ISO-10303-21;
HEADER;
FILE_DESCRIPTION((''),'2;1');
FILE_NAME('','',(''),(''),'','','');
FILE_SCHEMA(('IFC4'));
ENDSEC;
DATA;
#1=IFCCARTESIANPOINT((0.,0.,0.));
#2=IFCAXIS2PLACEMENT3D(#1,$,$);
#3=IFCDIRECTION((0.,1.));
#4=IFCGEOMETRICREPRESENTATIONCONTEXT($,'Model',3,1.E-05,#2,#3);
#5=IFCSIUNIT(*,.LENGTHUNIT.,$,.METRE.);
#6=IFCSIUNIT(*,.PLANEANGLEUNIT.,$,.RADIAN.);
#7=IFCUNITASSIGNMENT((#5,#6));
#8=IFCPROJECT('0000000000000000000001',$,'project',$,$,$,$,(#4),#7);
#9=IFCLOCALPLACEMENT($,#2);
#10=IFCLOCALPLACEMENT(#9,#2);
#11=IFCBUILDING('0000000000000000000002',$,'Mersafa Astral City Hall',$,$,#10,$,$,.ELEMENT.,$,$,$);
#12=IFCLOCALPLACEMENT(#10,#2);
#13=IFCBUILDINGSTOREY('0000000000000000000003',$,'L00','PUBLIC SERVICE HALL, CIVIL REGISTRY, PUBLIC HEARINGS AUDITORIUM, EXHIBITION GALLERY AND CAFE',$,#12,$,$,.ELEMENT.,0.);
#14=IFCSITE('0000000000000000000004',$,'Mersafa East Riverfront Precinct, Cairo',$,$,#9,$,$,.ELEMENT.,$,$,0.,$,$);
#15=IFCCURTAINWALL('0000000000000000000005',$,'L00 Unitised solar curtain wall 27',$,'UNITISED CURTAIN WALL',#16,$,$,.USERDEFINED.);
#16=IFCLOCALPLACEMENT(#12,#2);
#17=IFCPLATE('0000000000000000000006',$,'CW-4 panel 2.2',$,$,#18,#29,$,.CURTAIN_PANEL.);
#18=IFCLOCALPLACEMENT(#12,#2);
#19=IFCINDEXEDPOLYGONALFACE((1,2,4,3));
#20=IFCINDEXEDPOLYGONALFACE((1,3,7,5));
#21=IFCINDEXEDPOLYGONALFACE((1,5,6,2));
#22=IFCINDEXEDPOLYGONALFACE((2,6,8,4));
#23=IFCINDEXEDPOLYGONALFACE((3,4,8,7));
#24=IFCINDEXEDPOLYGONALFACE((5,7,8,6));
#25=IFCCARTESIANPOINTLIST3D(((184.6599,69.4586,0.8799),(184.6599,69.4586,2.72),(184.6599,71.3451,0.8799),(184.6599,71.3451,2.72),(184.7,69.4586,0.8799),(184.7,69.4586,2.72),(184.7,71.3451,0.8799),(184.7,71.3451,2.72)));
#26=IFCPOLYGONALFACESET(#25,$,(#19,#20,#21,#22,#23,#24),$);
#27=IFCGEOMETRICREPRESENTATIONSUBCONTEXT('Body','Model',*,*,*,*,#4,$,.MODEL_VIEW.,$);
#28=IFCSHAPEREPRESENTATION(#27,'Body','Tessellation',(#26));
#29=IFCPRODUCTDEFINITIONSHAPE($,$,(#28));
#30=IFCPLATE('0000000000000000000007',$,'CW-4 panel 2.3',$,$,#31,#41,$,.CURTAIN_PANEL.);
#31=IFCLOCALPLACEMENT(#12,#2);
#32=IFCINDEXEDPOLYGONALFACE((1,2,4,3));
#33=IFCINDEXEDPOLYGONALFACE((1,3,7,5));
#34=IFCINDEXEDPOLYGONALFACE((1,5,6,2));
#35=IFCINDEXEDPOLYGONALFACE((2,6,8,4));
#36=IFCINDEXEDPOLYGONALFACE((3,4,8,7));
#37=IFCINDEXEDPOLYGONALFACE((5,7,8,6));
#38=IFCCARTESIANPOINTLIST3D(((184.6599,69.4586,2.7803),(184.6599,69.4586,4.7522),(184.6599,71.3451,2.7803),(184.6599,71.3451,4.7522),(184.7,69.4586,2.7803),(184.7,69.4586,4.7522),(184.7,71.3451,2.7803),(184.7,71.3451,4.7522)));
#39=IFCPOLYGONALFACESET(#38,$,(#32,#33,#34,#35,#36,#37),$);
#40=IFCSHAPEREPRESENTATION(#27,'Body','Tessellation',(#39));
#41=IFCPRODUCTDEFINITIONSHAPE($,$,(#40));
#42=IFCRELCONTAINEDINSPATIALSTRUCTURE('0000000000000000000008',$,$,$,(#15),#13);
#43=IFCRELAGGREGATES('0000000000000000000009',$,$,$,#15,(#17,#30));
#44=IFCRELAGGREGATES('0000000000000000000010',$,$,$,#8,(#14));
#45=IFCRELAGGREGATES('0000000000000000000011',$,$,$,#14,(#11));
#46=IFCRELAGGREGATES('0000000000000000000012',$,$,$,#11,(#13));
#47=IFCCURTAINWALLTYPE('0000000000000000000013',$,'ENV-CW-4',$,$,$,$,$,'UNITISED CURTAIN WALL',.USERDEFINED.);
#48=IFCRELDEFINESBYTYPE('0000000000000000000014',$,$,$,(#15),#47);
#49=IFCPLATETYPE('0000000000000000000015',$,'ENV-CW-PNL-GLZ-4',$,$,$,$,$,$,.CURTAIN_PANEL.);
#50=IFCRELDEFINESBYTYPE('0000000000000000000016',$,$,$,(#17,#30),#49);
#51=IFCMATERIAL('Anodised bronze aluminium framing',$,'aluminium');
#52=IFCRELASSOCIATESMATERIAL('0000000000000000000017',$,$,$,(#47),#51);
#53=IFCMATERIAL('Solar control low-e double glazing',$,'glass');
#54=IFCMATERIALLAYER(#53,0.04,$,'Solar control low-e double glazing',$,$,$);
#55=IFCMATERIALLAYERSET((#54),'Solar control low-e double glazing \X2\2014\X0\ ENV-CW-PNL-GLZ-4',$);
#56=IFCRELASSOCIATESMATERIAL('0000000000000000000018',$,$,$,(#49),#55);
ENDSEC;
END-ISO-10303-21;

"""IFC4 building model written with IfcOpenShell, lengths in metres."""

from ifc_helpers import new_model, si_unit, direction, frame, origin, origin_2d, place, context, subcontext, project, spatial, rectangle, extrude, material, layer, layer_set, type_object, element, aggregate, save


model = new_model("IFC4")

# Units and contexts
model_context = context("Model", 3, precision=1e-05, world=origin(), true_north=direction((0.0, 1.0)))
body_context = subcontext(model_context, "Body", "Model", "MODEL_VIEW")
ifc_project = project(units=[si_unit("LENGTHUNIT", "METRE"), si_unit("PLANEANGLEUNIT", "RADIAN")], contexts=[model_context])

# Site, building, storey
site_placement = place(None, origin())
site = spatial("IfcSite", under=ifc_project, at=site_placement, Name="Mersafa East Riverfront Precinct, Cairo", CompositionType="ELEMENT", RefElevation=0.0)
building_placement = place(site_placement, origin())
building = spatial("IfcBuilding", under=site, at=building_placement, Name="Mersafa Astral City Hall", CompositionType="ELEMENT")
storey_placement = place(building_placement, origin())
storey = spatial("IfcBuildingStorey", under=building, at=storey_placement, Name="L00", Description="PUBLIC SERVICE HALL, CIVIL REGISTRY, PUBLIC HEARINGS AUDITORIUM, EXHIBITION GALLERY AND CAFE", CompositionType="ELEMENT", Elevation=0.0)

# Curtain wall
ifc_material_1 = material(Name="Anodised bronze aluminium framing", Category="aluminium")
curtain_wall_type = type_object("IfcCurtainWallType", Name="ENV-CW-4", ElementType="UNITISED CURTAIN WALL", PredefinedType="USERDEFINED", material=ifc_material_1)
curtain_wall_placement = place(storey_placement, origin())
curtain_wall = element("IfcCurtainWall", 1, at=curtain_wall_placement, inside=storey, type_object=curtain_wall_type, Name="L00 Unitised solar curtain wall 27", ObjectType="UNITISED CURTAIN WALL", PredefinedType="USERDEFINED")

# Plates
ifc_material_2 = material(Name="Solar control low-e double glazing", Category="glass")
ifc_layer = layer(ifc_material_2, 0.04, Name="Solar control low-e double glazing")
ifc_layer_set = layer_set([ifc_layer], Name="Solar control low-e double glazing — ENV-CW-PNL-GLZ-4")
plate_type = type_object("IfcPlateType", Name="ENV-CW-PNL-GLZ-4", PredefinedType="CURTAIN_PANEL", material=ifc_layer_set)
plate_1_placement = place(storey_placement, frame((184.6799, 70.4019, 0.8799), z_axis=(0.0, 0.0, 1.0), x_axis=(0.0, 1.0, 0.0)))
plate_1 = element("IfcPlate", 2, at=plate_1_placement, type_object=plate_type, Name="CW-4 panel 2.2", PredefinedType="CURTAIN_PANEL", context=body_context, shape_type="SweptSolid", body=[
    extrude(rectangle(XDim=1.8865, YDim=0.04, at=origin_2d()), origin(), (0.0, 0.0, 1.0), 1.8401),
])
plate_2_placement = place(storey_placement, frame((184.6799, 70.4019, 2.7803), z_axis=(0.0, 0.0, 1.0), x_axis=(0.0, 1.0, 0.0)))
plate_2 = element("IfcPlate", 3, at=plate_2_placement, type_object=plate_type, Name="CW-4 panel 2.3", PredefinedType="CURTAIN_PANEL", context=body_context, shape_type="SweptSolid", body=[
    extrude(rectangle(XDim=1.8865, YDim=0.04, at=origin_2d()), origin(), (0.0, 0.0, 1.0), 1.9719),
])
aggregate(curtain_wall, [plate_1, plate_2])

save(model, "model.ifc")
